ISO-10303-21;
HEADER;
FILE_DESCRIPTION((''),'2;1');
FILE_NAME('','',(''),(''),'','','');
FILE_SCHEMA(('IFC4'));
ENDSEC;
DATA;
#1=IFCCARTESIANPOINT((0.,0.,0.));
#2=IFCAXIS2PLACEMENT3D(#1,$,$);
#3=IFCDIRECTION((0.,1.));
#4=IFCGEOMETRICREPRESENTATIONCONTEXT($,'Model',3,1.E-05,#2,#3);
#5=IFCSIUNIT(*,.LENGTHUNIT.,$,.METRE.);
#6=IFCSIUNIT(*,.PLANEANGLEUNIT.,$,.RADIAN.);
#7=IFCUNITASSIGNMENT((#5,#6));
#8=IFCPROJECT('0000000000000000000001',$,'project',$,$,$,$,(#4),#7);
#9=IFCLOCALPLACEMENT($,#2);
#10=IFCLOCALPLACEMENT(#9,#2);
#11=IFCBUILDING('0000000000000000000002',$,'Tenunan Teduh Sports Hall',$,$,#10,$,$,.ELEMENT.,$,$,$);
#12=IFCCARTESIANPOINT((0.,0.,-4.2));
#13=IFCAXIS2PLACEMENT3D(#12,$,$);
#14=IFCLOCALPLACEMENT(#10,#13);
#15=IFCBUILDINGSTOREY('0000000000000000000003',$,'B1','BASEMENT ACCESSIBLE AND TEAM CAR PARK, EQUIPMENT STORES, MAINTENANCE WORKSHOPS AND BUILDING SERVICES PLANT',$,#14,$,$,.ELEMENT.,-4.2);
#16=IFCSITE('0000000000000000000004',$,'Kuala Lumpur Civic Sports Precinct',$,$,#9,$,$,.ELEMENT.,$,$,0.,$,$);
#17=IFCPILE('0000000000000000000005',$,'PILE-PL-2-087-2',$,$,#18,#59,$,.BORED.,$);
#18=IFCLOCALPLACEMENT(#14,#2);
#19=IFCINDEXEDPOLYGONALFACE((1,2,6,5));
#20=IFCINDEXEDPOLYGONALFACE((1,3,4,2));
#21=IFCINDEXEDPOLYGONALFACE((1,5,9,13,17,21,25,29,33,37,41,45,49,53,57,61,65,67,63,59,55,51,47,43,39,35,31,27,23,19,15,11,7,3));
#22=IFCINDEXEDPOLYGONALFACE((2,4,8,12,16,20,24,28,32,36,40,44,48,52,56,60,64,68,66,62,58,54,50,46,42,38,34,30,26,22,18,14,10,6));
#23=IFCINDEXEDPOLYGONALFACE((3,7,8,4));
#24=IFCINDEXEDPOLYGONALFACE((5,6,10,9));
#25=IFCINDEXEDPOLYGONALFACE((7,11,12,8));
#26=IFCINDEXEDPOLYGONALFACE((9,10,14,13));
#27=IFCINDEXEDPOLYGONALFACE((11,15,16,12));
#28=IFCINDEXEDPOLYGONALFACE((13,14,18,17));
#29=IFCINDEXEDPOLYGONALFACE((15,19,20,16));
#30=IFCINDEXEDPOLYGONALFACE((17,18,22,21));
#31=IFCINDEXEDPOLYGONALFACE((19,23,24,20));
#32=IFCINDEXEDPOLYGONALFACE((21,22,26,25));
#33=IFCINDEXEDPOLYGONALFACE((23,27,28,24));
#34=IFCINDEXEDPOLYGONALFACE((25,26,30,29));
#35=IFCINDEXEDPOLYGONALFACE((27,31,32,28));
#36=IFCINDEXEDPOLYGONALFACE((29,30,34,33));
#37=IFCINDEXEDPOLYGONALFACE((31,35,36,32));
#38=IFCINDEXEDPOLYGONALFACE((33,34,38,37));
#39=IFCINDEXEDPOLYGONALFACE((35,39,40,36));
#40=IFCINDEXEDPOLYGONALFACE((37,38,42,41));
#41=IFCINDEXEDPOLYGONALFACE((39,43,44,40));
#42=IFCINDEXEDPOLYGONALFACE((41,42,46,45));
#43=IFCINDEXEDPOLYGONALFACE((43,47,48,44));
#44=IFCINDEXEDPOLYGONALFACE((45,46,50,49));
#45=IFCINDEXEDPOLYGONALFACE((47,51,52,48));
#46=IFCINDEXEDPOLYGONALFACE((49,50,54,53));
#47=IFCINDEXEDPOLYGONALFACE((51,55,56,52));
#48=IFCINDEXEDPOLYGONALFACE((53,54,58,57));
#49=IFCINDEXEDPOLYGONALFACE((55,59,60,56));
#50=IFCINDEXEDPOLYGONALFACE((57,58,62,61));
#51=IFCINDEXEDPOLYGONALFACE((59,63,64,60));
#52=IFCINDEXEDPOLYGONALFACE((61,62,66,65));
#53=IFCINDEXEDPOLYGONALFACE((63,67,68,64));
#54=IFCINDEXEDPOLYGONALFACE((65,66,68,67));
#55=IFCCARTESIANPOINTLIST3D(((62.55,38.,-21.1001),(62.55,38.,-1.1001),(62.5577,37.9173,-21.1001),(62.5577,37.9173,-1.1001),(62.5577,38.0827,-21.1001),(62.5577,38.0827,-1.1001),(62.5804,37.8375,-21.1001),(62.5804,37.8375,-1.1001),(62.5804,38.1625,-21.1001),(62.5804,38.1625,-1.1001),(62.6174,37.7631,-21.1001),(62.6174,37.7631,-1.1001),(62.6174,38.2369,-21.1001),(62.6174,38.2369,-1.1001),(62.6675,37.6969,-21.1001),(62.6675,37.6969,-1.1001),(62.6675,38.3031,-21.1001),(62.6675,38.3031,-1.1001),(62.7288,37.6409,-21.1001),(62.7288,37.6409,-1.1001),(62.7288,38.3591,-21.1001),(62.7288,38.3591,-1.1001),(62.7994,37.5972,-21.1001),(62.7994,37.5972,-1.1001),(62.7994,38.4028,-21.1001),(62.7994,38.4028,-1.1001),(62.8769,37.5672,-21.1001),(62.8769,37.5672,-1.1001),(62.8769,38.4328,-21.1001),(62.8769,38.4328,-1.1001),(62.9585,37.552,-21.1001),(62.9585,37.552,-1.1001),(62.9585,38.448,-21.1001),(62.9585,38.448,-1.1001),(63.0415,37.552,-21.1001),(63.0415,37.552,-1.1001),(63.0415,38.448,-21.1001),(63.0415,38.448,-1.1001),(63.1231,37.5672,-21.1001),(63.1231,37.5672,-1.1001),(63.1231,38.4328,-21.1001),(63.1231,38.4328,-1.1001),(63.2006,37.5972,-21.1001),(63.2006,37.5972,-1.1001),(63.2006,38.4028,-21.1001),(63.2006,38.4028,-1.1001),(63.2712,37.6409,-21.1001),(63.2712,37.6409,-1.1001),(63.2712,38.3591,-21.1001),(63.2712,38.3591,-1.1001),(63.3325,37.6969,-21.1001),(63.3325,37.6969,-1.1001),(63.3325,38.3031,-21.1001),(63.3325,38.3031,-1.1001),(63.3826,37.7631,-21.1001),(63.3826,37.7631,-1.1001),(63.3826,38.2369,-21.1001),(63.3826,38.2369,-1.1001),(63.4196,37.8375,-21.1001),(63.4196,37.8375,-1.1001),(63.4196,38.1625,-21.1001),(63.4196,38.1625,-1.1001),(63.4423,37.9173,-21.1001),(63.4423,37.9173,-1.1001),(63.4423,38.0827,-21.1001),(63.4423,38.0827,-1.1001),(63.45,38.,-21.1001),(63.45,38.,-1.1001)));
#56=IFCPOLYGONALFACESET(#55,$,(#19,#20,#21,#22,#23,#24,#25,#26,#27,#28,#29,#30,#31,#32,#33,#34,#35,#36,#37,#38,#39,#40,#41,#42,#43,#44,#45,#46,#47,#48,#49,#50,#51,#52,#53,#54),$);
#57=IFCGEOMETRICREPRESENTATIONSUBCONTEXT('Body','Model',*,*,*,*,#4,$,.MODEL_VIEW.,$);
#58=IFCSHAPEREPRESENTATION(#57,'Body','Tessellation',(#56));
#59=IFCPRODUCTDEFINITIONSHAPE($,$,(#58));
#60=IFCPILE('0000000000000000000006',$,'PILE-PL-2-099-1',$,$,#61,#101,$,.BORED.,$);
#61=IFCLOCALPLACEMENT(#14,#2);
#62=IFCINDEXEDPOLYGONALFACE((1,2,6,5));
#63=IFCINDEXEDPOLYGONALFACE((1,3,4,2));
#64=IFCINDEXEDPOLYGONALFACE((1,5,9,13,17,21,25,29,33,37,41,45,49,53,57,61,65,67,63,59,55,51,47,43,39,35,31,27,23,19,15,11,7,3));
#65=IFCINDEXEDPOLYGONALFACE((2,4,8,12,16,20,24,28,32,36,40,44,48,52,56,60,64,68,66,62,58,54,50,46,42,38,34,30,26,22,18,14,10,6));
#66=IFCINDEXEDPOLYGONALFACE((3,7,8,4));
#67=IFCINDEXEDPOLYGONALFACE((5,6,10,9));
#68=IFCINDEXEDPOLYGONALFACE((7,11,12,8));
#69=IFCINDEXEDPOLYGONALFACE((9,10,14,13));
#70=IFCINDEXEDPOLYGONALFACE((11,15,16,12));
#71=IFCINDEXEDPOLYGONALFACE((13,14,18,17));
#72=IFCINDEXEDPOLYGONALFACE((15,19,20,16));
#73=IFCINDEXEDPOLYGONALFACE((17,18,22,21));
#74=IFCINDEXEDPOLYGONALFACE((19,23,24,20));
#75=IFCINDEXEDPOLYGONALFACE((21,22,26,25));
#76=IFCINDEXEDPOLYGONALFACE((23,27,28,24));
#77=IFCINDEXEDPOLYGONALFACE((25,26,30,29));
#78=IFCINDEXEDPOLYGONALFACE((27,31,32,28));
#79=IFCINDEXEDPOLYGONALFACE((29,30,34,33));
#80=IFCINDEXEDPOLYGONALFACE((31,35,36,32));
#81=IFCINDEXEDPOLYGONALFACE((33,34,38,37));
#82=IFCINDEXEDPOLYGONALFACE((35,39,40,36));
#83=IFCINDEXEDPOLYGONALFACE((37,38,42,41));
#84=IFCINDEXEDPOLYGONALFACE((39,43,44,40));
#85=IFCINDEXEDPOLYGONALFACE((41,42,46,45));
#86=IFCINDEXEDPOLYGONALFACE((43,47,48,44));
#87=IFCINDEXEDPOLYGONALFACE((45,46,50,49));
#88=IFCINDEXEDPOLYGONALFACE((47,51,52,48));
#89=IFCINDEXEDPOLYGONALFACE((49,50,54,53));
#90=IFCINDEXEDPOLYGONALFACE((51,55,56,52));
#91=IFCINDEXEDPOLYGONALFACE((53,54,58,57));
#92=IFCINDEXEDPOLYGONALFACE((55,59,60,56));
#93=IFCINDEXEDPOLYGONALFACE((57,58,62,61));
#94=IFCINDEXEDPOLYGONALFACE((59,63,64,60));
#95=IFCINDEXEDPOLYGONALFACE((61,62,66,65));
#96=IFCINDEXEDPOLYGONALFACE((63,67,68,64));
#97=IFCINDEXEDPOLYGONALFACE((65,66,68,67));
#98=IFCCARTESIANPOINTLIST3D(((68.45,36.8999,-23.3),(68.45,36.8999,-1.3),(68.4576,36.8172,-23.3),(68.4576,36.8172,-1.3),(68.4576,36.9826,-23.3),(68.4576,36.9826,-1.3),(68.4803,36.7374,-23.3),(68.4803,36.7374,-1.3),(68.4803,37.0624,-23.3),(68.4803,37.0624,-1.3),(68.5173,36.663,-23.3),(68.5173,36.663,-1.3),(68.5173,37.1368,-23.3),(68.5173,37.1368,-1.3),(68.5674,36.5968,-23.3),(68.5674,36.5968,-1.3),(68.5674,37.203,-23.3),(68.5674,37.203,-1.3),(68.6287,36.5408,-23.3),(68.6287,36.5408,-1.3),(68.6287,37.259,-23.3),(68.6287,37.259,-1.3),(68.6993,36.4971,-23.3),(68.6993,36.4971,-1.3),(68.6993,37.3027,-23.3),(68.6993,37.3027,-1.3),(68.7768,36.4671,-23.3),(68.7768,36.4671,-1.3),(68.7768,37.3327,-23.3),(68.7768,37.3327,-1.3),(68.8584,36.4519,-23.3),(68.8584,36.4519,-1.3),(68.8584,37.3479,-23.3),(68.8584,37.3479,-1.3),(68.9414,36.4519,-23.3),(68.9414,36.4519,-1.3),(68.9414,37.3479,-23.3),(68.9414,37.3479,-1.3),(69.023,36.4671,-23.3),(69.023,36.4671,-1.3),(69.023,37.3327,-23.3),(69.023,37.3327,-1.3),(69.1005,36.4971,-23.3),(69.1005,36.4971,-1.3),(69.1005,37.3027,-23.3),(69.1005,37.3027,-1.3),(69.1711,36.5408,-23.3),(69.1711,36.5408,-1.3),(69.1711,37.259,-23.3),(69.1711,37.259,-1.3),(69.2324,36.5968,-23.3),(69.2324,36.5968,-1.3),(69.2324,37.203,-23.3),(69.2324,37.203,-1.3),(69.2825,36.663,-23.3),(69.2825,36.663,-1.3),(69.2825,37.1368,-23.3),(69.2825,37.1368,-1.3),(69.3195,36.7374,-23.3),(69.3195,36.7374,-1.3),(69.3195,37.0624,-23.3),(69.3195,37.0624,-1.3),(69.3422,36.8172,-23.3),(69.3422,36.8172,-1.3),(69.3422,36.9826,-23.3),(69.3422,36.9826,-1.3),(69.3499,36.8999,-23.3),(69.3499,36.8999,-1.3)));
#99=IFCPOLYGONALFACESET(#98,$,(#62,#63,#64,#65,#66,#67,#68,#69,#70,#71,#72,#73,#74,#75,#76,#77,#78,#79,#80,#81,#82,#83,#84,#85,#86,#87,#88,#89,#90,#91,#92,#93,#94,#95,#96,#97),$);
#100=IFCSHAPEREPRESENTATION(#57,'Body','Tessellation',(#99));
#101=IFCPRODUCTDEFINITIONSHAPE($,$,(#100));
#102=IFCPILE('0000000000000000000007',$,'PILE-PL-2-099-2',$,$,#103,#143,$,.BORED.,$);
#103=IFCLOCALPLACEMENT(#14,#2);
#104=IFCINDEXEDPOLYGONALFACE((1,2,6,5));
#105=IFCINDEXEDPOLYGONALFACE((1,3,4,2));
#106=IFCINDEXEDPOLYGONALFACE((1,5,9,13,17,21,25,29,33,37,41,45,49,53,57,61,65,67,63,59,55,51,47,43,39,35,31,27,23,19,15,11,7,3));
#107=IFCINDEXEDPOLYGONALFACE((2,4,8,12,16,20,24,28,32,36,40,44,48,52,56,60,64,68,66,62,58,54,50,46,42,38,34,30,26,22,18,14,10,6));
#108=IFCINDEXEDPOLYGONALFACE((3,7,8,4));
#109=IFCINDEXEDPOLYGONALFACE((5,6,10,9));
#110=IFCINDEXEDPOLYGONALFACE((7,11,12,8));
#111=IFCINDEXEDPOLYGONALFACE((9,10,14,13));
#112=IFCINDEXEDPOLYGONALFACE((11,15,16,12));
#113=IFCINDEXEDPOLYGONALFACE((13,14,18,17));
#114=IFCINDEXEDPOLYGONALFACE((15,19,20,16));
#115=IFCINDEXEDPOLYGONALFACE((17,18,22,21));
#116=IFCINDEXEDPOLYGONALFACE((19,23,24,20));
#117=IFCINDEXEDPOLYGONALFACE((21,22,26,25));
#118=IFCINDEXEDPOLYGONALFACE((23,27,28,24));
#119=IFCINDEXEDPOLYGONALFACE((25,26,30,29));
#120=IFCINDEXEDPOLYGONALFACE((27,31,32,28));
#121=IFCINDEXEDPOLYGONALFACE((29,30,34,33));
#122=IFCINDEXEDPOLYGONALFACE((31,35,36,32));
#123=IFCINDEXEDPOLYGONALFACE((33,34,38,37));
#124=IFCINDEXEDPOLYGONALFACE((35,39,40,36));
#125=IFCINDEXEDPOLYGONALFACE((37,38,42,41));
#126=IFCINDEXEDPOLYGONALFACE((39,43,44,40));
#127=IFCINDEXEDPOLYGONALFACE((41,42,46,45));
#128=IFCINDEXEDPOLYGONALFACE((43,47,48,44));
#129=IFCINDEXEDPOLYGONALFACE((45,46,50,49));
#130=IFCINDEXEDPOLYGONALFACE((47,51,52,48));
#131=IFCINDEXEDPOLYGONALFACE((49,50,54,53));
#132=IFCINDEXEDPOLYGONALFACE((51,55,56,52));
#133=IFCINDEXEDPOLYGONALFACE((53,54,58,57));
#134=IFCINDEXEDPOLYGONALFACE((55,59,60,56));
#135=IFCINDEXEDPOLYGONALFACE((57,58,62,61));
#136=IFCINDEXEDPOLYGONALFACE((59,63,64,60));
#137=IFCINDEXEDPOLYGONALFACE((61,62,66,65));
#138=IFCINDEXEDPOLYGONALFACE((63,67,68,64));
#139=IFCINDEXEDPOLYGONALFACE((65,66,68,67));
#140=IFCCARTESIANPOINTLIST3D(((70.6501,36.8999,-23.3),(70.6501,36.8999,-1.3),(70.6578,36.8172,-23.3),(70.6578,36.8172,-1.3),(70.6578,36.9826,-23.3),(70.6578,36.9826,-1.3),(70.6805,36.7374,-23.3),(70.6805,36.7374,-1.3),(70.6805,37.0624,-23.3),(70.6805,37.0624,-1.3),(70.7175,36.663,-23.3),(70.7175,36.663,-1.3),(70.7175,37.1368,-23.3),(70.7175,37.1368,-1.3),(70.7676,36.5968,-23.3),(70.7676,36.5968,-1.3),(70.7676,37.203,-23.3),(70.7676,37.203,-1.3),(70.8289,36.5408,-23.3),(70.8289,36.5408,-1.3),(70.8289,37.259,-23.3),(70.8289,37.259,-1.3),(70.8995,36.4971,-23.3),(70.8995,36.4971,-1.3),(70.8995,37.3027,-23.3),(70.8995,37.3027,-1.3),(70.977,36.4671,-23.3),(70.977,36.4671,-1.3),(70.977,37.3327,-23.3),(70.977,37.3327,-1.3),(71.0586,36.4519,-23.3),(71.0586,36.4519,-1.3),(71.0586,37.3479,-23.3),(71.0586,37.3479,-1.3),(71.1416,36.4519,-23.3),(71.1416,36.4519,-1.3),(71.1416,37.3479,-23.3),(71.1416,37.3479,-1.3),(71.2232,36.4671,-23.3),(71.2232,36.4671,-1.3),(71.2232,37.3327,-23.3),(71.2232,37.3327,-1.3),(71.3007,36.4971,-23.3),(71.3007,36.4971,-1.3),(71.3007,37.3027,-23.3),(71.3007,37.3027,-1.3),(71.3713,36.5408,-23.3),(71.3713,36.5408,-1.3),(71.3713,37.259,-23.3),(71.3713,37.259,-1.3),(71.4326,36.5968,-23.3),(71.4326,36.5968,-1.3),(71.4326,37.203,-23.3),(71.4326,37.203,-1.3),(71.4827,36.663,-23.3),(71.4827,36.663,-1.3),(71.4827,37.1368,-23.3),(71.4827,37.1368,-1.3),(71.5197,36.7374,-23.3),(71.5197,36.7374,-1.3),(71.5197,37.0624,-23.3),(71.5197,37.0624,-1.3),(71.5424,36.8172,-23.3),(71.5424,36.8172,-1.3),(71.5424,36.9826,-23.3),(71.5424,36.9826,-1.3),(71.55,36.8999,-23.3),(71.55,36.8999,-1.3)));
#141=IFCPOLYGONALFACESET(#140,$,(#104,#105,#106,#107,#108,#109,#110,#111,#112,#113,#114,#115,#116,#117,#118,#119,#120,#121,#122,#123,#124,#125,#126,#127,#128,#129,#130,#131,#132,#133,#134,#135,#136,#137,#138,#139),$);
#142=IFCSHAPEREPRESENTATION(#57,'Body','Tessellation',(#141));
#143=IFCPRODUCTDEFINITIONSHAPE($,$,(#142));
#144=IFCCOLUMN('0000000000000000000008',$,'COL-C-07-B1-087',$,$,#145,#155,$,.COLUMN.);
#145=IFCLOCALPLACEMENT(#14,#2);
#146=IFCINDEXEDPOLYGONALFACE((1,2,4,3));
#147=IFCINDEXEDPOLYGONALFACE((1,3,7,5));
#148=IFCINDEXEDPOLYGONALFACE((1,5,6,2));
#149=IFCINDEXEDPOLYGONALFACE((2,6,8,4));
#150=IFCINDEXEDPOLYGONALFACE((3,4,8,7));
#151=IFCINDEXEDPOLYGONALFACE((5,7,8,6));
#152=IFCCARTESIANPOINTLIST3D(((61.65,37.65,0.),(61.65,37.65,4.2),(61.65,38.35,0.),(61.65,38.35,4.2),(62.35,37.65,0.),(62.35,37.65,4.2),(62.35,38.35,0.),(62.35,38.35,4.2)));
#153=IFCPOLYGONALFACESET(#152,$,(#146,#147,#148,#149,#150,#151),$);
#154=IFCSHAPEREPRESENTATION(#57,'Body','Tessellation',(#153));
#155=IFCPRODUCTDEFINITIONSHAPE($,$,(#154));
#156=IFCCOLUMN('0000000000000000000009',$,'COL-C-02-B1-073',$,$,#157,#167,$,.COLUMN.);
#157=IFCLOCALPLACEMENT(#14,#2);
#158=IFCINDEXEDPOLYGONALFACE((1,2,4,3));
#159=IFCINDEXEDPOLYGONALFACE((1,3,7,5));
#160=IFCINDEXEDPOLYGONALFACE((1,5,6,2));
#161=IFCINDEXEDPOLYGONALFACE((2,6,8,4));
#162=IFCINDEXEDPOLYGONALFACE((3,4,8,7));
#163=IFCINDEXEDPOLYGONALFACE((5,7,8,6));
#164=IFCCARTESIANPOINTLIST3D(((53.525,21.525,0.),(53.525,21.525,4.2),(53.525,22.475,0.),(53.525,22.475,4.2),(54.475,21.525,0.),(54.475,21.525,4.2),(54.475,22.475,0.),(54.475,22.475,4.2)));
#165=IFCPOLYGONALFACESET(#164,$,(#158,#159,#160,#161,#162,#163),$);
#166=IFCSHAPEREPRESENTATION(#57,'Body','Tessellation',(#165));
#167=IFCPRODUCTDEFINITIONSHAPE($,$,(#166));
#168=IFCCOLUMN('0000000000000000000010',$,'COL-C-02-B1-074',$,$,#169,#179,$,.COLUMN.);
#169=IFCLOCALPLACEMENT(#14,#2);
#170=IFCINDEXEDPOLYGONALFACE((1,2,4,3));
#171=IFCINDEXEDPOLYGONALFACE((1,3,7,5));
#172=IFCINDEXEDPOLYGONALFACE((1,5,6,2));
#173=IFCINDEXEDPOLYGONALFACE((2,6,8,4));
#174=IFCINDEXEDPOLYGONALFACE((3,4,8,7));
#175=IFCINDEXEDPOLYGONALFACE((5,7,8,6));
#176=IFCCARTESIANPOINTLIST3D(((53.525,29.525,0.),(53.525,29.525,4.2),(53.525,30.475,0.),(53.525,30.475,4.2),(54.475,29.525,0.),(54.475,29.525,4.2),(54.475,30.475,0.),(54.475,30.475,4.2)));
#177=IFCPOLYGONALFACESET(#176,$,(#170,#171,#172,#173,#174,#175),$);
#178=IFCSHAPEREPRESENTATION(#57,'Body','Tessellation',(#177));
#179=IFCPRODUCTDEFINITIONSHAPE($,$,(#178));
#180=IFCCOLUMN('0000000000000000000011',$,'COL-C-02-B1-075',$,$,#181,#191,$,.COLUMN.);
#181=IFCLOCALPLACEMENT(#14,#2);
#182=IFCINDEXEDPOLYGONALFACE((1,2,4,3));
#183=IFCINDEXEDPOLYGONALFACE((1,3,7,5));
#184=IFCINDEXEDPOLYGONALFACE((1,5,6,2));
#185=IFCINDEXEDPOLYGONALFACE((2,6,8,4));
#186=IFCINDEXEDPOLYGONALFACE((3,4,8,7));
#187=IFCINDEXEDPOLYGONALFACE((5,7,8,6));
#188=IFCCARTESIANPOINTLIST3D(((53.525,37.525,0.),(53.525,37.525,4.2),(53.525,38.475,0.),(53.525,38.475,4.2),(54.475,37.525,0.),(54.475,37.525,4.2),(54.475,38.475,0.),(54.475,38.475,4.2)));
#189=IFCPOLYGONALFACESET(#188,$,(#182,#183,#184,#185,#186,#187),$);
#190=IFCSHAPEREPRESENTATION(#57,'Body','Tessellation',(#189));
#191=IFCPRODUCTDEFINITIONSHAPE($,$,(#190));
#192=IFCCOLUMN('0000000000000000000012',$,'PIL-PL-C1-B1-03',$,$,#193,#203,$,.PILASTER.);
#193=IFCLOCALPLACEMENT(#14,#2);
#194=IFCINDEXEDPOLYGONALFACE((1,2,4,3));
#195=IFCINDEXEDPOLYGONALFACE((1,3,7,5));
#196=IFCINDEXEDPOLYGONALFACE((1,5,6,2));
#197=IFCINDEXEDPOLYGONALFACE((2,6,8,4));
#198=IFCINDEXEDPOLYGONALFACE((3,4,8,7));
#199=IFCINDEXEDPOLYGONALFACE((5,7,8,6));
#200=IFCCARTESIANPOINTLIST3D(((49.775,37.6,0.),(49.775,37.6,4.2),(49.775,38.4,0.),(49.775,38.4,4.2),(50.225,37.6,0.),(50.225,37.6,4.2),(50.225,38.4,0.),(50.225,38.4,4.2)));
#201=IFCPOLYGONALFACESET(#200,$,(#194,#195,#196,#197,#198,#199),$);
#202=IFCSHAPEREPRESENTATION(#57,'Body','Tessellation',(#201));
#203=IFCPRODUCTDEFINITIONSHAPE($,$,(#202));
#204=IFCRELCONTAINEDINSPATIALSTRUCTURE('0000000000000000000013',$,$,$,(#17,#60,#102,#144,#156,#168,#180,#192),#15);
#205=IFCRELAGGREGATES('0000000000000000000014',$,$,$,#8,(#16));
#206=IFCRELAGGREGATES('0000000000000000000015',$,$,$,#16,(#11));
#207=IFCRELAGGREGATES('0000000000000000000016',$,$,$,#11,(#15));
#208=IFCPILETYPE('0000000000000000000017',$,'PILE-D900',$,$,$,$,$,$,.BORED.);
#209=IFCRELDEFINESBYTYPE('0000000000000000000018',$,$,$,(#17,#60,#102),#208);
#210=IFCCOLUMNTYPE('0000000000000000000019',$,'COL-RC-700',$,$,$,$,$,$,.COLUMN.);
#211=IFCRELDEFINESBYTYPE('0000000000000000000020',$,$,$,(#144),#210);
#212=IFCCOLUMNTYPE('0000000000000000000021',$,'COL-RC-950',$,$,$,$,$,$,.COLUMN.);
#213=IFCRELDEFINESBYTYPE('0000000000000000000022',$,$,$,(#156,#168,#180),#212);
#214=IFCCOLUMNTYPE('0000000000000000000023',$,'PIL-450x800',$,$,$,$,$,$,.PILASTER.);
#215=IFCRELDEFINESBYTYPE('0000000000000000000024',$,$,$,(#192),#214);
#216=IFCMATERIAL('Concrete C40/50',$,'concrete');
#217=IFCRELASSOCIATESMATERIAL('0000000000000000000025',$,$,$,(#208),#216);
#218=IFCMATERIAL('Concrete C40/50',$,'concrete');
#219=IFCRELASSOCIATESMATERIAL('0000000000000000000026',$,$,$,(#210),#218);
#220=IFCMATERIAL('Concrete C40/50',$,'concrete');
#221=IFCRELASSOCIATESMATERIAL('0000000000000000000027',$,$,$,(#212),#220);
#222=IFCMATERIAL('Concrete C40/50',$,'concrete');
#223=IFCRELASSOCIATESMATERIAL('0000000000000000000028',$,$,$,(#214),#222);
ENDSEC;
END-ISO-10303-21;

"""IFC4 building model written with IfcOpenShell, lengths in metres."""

from ifc_helpers import new_model, si_unit, direction, frame, origin, origin_2d, place, context, subcontext, project, spatial, rectangle, circle, extrude, material, material_profile, profile_set, type_object, element, save


model = new_model("IFC4")

# Units and contexts
model_context = context("Model", 3, precision=1e-05, world=origin(), true_north=direction((0.0, 1.0)))
body_context = subcontext(model_context, "Body", "Model", "MODEL_VIEW")
ifc_project = project(units=[si_unit("LENGTHUNIT", "METRE"), si_unit("PLANEANGLEUNIT", "RADIAN")], contexts=[model_context])

# Site, building, storey
site_placement = place(None, origin())
site = spatial("IfcSite", under=ifc_project, at=site_placement, Name="Kuala Lumpur Civic Sports Precinct", CompositionType="ELEMENT", RefElevation=0.0)
building_placement = place(site_placement, origin())
building = spatial("IfcBuilding", under=site, at=building_placement, Name="Tenunan Teduh Sports Hall", CompositionType="ELEMENT")
storey_placement = place(building_placement, frame((0.0, 0.0, -4.2)))
storey = spatial("IfcBuildingStorey", under=building, at=storey_placement, Name="B1", Description="BASEMENT ACCESSIBLE AND TEAM CAR PARK, EQUIPMENT STORES, MAINTENANCE WORKSHOPS AND BUILDING SERVICES PLANT", CompositionType="ELEMENT", Elevation=-4.2)

# Piles
ifc_material_1 = material(Name="Concrete C40/50", Category="concrete")
ifc_material_profile_1 = material_profile(ifc_material_1, circle(Radius=0.45, at=origin_2d()), Name="PILE D900")
ifc_profile_set_1 = profile_set([ifc_material_profile_1], Name="Concrete C40/50")
pile_type_1 = type_object("IfcPileType", Name="PILE-D900", PredefinedType="BORED", material=ifc_profile_set_1)
for number, where, z_axis, x_axis, name in (
    (1, (63.0, 38.0, -1.1001), (0.0, 0.0, -1.0), (1.0, 0.0, 0.0), "PILE-PL-2-087-2"),
):
    element("IfcPile", number, at=place(storey_placement, frame(where, z_axis=z_axis, x_axis=x_axis)), inside=storey, type_object=pile_type_1, Name=name, PredefinedType="BORED", context=body_context, shape_type="SweptSolid", body=[
        extrude(circle(Radius=0.45, at=origin_2d()), origin(), (0.0, 0.0, 1.0), 20.0),
    ])
for number, where, z_axis, x_axis, name in (
    (2, (68.8999, 36.8999, -1.3), (0.0, 0.0, -1.0), (1.0, 0.0, 0.0), "PILE-PL-2-099-1"),
    (3, (71.1001, 36.8999, -1.3), (0.0, 0.0, -1.0), (1.0, 0.0, 0.0), "PILE-PL-2-099-2"),
):
    element("IfcPile", number, at=place(storey_placement, frame(where, z_axis=z_axis, x_axis=x_axis)), inside=storey, type_object=pile_type_1, Name=name, PredefinedType="BORED", context=body_context, shape_type="SweptSolid", body=[
        extrude(circle(Radius=0.45, at=origin_2d()), origin(), (0.0, 0.0, 1.0), 22.0),
    ])

# Columns
ifc_material_2 = material(Name="Concrete C40/50", Category="concrete")
ifc_material_profile_2 = material_profile(ifc_material_2, rectangle(XDim=0.7, YDim=0.7, at=origin_2d()), Name="RC 700x700")
ifc_profile_set_2 = profile_set([ifc_material_profile_2], Name="Concrete C40/50")
column_type_1 = type_object("IfcColumnType", Name="COL-RC-700", PredefinedType="COLUMN", material=ifc_profile_set_2)
column_1_placement = place(storey_placement, frame((62.0, 38.0, 0.0), z_axis=(0.0, 0.0, 1.0), x_axis=(1.0, 0.0, 0.0)))
element("IfcColumn", 4, at=column_1_placement, inside=storey, type_object=column_type_1, Name="COL-C-07-B1-087", PredefinedType="COLUMN", context=body_context, shape_type="SweptSolid", body=[
    extrude(rectangle(XDim=0.7, YDim=0.7, at=origin_2d()), origin(), (0.0, 0.0, 1.0), 4.2),
])
ifc_material_3 = material(Name="Concrete C40/50", Category="concrete")
ifc_material_profile_3 = material_profile(ifc_material_3, rectangle(XDim=0.95, YDim=0.95, at=origin_2d()), Name="RC 950x950")
ifc_profile_set_3 = profile_set([ifc_material_profile_3], Name="Concrete C40/50")
column_type_2 = type_object("IfcColumnType", Name="COL-RC-950", PredefinedType="COLUMN", material=ifc_profile_set_3)
for number, where, z_axis, x_axis, name in (
    (5, (54.0, 22.0, 0.0), (0.0, 0.0, 1.0), (1.0, 0.0, 0.0), "COL-C-02-B1-073"),
    (6, (54.0, 30.0, 0.0), (0.0, 0.0, 1.0), (1.0, 0.0, 0.0), "COL-C-02-B1-074"),
    (7, (54.0, 38.0, 0.0), (0.0, 0.0, 1.0), (1.0, 0.0, 0.0), "COL-C-02-B1-075"),
):
    element("IfcColumn", number, at=place(storey_placement, frame(where, z_axis=z_axis, x_axis=x_axis)), inside=storey, type_object=column_type_2, Name=name, PredefinedType="COLUMN", context=body_context, shape_type="SweptSolid", body=[
        extrude(rectangle(XDim=0.95, YDim=0.95, at=origin_2d()), origin(), (0.0, 0.0, 1.0), 4.2),
    ])
ifc_material_4 = material(Name="Concrete C40/50", Category="concrete")
ifc_material_profile_4 = material_profile(ifc_material_4, rectangle(XDim=0.45, YDim=0.8, at=origin_2d()), Name="PIL 450x800")
ifc_profile_set_4 = profile_set([ifc_material_profile_4], Name="Concrete C40/50")
column_type_3 = type_object("IfcColumnType", Name="PIL-450x800", PredefinedType="PILASTER", material=ifc_profile_set_4)
column_2_placement = place(storey_placement, frame((50.0, 38.0, 0.0), z_axis=(0.0, 0.0, 1.0), x_axis=(1.0, 0.0, 0.0)))
element("IfcColumn", 8, at=column_2_placement, inside=storey, type_object=column_type_3, Name="PIL-PL-C1-B1-03", PredefinedType="PILASTER", context=body_context, shape_type="SweptSolid", body=[
    extrude(rectangle(XDim=0.45, YDim=0.8, at=origin_2d()), origin(), (0.0, 0.0, 1.0), 4.2),
])

save(model, "model.ifc")
